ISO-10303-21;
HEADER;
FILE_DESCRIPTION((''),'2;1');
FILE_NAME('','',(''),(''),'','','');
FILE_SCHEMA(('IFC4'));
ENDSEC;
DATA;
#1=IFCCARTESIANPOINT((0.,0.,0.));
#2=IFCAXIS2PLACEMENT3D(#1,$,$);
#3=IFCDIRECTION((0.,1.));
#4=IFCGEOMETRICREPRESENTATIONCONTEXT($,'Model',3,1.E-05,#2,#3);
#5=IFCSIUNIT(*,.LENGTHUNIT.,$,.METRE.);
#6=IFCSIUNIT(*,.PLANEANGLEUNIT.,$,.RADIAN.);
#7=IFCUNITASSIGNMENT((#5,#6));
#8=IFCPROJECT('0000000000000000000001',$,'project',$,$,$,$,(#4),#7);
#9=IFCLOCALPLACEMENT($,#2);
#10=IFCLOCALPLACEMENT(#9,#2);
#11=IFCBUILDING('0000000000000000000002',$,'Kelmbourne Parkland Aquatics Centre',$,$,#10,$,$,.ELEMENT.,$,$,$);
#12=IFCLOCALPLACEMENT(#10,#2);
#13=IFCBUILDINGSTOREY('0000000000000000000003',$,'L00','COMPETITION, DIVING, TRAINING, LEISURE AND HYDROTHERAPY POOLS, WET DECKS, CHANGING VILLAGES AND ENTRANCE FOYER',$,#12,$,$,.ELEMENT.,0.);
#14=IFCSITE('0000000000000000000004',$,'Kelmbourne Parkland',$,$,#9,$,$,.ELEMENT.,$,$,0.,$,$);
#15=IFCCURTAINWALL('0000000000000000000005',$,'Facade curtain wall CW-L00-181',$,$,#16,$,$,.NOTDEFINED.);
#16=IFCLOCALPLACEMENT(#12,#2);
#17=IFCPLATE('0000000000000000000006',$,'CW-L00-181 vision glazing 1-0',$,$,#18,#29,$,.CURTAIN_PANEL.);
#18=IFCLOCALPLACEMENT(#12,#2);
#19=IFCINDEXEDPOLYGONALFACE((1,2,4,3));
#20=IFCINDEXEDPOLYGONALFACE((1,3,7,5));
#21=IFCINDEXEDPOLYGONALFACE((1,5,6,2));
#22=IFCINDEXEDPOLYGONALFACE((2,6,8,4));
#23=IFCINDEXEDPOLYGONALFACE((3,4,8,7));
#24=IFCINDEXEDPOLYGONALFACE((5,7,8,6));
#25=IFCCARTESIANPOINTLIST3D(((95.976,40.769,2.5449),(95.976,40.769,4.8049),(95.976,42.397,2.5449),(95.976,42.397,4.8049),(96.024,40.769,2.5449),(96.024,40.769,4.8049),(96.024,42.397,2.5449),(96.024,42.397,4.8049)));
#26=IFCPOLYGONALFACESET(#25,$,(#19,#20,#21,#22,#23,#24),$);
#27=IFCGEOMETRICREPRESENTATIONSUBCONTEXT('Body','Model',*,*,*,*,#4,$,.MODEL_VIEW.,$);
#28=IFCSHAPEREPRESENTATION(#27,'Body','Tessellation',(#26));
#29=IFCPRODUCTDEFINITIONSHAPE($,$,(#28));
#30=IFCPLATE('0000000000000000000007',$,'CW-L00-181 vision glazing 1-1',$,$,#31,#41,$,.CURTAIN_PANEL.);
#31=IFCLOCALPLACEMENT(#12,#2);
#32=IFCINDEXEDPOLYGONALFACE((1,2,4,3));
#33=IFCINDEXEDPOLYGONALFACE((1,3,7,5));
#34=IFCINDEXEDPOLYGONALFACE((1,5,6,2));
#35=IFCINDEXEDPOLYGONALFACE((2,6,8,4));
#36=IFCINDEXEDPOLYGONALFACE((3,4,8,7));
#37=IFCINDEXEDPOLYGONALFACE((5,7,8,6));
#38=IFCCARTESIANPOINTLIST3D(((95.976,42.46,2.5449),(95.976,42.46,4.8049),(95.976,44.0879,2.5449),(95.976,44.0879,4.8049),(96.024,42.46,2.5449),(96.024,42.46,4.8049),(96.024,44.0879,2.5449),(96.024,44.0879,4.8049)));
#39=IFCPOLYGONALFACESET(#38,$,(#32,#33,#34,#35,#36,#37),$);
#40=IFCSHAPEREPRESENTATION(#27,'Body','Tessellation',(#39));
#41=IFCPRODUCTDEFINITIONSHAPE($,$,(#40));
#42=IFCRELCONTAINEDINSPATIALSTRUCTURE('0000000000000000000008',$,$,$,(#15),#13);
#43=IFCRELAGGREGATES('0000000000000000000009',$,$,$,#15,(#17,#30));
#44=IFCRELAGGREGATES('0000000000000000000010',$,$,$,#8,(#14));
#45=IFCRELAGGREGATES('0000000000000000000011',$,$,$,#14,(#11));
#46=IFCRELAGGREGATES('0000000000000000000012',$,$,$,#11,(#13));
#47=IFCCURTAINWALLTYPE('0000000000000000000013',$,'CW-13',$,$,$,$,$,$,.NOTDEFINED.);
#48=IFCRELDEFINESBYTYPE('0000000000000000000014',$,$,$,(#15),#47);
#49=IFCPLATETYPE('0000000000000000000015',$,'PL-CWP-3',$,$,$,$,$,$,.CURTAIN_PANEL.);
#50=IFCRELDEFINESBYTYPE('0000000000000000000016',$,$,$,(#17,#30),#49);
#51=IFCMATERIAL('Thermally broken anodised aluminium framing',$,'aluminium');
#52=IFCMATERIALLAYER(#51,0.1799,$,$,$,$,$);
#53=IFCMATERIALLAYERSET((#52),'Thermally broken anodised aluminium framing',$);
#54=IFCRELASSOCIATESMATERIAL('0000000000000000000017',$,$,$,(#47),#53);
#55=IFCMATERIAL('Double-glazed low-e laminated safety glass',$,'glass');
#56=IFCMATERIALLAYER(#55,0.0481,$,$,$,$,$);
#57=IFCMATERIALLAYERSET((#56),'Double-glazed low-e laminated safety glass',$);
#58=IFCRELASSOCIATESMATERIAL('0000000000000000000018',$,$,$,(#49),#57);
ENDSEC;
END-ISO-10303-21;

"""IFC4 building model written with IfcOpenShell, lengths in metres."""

from ifc_helpers import new_model, si_unit, direction, frame, origin, origin_2d, place, context, subcontext, project, spatial, rectangle, extrude, material, layer, layer_set, type_object, element, aggregate, save


model = new_model("IFC4")

# Units and contexts
model_context = context("Model", 3, precision=1e-05, world=origin(), true_north=direction((0.0, 1.0)))
body_context = subcontext(model_context, "Body", "Model", "MODEL_VIEW")
ifc_project = project(units=[si_unit("LENGTHUNIT", "METRE"), si_unit("PLANEANGLEUNIT", "RADIAN")], contexts=[model_context])

# Site, building, storey
site_placement = place(None, origin())
site = spatial("IfcSite", under=ifc_project, at=site_placement, Name="Kelmbourne Parkland", CompositionType="ELEMENT", RefElevation=0.0)
building_placement = place(site_placement, origin())
building = spatial("IfcBuilding", under=site, at=building_placement, Name="Kelmbourne Parkland Aquatics Centre", CompositionType="ELEMENT")
storey_placement = place(building_placement, origin())
storey = spatial("IfcBuildingStorey", under=building, at=storey_placement, Name="L00", Description="COMPETITION, DIVING, TRAINING, LEISURE AND HYDROTHERAPY POOLS, WET DECKS, CHANGING VILLAGES AND ENTRANCE FOYER", CompositionType="ELEMENT", Elevation=0.0)

# Curtain wall
ifc_material_1 = material(Name="Thermally broken anodised aluminium framing", Category="aluminium")
ifc_layer_1 = layer(ifc_material_1, 0.1799)
ifc_layer_set_1 = layer_set([ifc_layer_1], Name="Thermally broken anodised aluminium framing")
curtain_wall_type_1 = type_object("IfcCurtainWallType", Name="CW-13", PredefinedType="NOTDEFINED", material=ifc_layer_set_1)
curtain_wall_1_placement = place(storey_placement, origin())
curtain_wall_1 = element("IfcCurtainWall", 1, at=curtain_wall_1_placement, inside=storey, type_object=curtain_wall_type_1, Name="Facade curtain wall CW-L00-181", PredefinedType="NOTDEFINED")

# Plates
ifc_material_2 = material(Name="Double-glazed low-e laminated safety glass", Category="glass")
ifc_layer_2 = layer(ifc_material_2, 0.0481)
ifc_layer_set_2 = layer_set([ifc_layer_2], Name="Double-glazed low-e laminated safety glass")
plate_type_1 = type_object("IfcPlateType", Name="PL-CWP-3", PredefinedType="CURTAIN_PANEL", material=ifc_layer_set_2)
plate_1_placement = place(storey_placement, frame((96.0, 41.583, 2.5449), z_axis=(0.0, 0.0, 1.0), x_axis=(0.0, 1.0, 0.0)))
plate_1 = element("IfcPlate", 2, at=plate_1_placement, type_object=plate_type_1, Name="CW-L00-181 vision glazing 1-0", PredefinedType="CURTAIN_PANEL", context=body_context, shape_type="SweptSolid", body=[
    extrude(rectangle(XDim=1.6279, YDim=0.0481, at=origin_2d()), origin(), (0.0, 0.0, 1.0), 2.26),
])
plate_2_placement = place(storey_placement, frame((96.0, 43.2739, 2.5449), z_axis=(0.0, 0.0, 1.0), x_axis=(0.0, 1.0, 0.0)))
plate_2 = element("IfcPlate", 3, at=plate_2_placement, type_object=plate_type_1, Name="CW-L00-181 vision glazing 1-1", PredefinedType="CURTAIN_PANEL", context=body_context, shape_type="SweptSolid", body=[
    extrude(rectangle(XDim=1.6279, YDim=0.0481, at=origin_2d()), origin(), (0.0, 0.0, 1.0), 2.26),
])
aggregate(curtain_wall_1, [plate_1, plate_2])

save(model, "model.ifc")
